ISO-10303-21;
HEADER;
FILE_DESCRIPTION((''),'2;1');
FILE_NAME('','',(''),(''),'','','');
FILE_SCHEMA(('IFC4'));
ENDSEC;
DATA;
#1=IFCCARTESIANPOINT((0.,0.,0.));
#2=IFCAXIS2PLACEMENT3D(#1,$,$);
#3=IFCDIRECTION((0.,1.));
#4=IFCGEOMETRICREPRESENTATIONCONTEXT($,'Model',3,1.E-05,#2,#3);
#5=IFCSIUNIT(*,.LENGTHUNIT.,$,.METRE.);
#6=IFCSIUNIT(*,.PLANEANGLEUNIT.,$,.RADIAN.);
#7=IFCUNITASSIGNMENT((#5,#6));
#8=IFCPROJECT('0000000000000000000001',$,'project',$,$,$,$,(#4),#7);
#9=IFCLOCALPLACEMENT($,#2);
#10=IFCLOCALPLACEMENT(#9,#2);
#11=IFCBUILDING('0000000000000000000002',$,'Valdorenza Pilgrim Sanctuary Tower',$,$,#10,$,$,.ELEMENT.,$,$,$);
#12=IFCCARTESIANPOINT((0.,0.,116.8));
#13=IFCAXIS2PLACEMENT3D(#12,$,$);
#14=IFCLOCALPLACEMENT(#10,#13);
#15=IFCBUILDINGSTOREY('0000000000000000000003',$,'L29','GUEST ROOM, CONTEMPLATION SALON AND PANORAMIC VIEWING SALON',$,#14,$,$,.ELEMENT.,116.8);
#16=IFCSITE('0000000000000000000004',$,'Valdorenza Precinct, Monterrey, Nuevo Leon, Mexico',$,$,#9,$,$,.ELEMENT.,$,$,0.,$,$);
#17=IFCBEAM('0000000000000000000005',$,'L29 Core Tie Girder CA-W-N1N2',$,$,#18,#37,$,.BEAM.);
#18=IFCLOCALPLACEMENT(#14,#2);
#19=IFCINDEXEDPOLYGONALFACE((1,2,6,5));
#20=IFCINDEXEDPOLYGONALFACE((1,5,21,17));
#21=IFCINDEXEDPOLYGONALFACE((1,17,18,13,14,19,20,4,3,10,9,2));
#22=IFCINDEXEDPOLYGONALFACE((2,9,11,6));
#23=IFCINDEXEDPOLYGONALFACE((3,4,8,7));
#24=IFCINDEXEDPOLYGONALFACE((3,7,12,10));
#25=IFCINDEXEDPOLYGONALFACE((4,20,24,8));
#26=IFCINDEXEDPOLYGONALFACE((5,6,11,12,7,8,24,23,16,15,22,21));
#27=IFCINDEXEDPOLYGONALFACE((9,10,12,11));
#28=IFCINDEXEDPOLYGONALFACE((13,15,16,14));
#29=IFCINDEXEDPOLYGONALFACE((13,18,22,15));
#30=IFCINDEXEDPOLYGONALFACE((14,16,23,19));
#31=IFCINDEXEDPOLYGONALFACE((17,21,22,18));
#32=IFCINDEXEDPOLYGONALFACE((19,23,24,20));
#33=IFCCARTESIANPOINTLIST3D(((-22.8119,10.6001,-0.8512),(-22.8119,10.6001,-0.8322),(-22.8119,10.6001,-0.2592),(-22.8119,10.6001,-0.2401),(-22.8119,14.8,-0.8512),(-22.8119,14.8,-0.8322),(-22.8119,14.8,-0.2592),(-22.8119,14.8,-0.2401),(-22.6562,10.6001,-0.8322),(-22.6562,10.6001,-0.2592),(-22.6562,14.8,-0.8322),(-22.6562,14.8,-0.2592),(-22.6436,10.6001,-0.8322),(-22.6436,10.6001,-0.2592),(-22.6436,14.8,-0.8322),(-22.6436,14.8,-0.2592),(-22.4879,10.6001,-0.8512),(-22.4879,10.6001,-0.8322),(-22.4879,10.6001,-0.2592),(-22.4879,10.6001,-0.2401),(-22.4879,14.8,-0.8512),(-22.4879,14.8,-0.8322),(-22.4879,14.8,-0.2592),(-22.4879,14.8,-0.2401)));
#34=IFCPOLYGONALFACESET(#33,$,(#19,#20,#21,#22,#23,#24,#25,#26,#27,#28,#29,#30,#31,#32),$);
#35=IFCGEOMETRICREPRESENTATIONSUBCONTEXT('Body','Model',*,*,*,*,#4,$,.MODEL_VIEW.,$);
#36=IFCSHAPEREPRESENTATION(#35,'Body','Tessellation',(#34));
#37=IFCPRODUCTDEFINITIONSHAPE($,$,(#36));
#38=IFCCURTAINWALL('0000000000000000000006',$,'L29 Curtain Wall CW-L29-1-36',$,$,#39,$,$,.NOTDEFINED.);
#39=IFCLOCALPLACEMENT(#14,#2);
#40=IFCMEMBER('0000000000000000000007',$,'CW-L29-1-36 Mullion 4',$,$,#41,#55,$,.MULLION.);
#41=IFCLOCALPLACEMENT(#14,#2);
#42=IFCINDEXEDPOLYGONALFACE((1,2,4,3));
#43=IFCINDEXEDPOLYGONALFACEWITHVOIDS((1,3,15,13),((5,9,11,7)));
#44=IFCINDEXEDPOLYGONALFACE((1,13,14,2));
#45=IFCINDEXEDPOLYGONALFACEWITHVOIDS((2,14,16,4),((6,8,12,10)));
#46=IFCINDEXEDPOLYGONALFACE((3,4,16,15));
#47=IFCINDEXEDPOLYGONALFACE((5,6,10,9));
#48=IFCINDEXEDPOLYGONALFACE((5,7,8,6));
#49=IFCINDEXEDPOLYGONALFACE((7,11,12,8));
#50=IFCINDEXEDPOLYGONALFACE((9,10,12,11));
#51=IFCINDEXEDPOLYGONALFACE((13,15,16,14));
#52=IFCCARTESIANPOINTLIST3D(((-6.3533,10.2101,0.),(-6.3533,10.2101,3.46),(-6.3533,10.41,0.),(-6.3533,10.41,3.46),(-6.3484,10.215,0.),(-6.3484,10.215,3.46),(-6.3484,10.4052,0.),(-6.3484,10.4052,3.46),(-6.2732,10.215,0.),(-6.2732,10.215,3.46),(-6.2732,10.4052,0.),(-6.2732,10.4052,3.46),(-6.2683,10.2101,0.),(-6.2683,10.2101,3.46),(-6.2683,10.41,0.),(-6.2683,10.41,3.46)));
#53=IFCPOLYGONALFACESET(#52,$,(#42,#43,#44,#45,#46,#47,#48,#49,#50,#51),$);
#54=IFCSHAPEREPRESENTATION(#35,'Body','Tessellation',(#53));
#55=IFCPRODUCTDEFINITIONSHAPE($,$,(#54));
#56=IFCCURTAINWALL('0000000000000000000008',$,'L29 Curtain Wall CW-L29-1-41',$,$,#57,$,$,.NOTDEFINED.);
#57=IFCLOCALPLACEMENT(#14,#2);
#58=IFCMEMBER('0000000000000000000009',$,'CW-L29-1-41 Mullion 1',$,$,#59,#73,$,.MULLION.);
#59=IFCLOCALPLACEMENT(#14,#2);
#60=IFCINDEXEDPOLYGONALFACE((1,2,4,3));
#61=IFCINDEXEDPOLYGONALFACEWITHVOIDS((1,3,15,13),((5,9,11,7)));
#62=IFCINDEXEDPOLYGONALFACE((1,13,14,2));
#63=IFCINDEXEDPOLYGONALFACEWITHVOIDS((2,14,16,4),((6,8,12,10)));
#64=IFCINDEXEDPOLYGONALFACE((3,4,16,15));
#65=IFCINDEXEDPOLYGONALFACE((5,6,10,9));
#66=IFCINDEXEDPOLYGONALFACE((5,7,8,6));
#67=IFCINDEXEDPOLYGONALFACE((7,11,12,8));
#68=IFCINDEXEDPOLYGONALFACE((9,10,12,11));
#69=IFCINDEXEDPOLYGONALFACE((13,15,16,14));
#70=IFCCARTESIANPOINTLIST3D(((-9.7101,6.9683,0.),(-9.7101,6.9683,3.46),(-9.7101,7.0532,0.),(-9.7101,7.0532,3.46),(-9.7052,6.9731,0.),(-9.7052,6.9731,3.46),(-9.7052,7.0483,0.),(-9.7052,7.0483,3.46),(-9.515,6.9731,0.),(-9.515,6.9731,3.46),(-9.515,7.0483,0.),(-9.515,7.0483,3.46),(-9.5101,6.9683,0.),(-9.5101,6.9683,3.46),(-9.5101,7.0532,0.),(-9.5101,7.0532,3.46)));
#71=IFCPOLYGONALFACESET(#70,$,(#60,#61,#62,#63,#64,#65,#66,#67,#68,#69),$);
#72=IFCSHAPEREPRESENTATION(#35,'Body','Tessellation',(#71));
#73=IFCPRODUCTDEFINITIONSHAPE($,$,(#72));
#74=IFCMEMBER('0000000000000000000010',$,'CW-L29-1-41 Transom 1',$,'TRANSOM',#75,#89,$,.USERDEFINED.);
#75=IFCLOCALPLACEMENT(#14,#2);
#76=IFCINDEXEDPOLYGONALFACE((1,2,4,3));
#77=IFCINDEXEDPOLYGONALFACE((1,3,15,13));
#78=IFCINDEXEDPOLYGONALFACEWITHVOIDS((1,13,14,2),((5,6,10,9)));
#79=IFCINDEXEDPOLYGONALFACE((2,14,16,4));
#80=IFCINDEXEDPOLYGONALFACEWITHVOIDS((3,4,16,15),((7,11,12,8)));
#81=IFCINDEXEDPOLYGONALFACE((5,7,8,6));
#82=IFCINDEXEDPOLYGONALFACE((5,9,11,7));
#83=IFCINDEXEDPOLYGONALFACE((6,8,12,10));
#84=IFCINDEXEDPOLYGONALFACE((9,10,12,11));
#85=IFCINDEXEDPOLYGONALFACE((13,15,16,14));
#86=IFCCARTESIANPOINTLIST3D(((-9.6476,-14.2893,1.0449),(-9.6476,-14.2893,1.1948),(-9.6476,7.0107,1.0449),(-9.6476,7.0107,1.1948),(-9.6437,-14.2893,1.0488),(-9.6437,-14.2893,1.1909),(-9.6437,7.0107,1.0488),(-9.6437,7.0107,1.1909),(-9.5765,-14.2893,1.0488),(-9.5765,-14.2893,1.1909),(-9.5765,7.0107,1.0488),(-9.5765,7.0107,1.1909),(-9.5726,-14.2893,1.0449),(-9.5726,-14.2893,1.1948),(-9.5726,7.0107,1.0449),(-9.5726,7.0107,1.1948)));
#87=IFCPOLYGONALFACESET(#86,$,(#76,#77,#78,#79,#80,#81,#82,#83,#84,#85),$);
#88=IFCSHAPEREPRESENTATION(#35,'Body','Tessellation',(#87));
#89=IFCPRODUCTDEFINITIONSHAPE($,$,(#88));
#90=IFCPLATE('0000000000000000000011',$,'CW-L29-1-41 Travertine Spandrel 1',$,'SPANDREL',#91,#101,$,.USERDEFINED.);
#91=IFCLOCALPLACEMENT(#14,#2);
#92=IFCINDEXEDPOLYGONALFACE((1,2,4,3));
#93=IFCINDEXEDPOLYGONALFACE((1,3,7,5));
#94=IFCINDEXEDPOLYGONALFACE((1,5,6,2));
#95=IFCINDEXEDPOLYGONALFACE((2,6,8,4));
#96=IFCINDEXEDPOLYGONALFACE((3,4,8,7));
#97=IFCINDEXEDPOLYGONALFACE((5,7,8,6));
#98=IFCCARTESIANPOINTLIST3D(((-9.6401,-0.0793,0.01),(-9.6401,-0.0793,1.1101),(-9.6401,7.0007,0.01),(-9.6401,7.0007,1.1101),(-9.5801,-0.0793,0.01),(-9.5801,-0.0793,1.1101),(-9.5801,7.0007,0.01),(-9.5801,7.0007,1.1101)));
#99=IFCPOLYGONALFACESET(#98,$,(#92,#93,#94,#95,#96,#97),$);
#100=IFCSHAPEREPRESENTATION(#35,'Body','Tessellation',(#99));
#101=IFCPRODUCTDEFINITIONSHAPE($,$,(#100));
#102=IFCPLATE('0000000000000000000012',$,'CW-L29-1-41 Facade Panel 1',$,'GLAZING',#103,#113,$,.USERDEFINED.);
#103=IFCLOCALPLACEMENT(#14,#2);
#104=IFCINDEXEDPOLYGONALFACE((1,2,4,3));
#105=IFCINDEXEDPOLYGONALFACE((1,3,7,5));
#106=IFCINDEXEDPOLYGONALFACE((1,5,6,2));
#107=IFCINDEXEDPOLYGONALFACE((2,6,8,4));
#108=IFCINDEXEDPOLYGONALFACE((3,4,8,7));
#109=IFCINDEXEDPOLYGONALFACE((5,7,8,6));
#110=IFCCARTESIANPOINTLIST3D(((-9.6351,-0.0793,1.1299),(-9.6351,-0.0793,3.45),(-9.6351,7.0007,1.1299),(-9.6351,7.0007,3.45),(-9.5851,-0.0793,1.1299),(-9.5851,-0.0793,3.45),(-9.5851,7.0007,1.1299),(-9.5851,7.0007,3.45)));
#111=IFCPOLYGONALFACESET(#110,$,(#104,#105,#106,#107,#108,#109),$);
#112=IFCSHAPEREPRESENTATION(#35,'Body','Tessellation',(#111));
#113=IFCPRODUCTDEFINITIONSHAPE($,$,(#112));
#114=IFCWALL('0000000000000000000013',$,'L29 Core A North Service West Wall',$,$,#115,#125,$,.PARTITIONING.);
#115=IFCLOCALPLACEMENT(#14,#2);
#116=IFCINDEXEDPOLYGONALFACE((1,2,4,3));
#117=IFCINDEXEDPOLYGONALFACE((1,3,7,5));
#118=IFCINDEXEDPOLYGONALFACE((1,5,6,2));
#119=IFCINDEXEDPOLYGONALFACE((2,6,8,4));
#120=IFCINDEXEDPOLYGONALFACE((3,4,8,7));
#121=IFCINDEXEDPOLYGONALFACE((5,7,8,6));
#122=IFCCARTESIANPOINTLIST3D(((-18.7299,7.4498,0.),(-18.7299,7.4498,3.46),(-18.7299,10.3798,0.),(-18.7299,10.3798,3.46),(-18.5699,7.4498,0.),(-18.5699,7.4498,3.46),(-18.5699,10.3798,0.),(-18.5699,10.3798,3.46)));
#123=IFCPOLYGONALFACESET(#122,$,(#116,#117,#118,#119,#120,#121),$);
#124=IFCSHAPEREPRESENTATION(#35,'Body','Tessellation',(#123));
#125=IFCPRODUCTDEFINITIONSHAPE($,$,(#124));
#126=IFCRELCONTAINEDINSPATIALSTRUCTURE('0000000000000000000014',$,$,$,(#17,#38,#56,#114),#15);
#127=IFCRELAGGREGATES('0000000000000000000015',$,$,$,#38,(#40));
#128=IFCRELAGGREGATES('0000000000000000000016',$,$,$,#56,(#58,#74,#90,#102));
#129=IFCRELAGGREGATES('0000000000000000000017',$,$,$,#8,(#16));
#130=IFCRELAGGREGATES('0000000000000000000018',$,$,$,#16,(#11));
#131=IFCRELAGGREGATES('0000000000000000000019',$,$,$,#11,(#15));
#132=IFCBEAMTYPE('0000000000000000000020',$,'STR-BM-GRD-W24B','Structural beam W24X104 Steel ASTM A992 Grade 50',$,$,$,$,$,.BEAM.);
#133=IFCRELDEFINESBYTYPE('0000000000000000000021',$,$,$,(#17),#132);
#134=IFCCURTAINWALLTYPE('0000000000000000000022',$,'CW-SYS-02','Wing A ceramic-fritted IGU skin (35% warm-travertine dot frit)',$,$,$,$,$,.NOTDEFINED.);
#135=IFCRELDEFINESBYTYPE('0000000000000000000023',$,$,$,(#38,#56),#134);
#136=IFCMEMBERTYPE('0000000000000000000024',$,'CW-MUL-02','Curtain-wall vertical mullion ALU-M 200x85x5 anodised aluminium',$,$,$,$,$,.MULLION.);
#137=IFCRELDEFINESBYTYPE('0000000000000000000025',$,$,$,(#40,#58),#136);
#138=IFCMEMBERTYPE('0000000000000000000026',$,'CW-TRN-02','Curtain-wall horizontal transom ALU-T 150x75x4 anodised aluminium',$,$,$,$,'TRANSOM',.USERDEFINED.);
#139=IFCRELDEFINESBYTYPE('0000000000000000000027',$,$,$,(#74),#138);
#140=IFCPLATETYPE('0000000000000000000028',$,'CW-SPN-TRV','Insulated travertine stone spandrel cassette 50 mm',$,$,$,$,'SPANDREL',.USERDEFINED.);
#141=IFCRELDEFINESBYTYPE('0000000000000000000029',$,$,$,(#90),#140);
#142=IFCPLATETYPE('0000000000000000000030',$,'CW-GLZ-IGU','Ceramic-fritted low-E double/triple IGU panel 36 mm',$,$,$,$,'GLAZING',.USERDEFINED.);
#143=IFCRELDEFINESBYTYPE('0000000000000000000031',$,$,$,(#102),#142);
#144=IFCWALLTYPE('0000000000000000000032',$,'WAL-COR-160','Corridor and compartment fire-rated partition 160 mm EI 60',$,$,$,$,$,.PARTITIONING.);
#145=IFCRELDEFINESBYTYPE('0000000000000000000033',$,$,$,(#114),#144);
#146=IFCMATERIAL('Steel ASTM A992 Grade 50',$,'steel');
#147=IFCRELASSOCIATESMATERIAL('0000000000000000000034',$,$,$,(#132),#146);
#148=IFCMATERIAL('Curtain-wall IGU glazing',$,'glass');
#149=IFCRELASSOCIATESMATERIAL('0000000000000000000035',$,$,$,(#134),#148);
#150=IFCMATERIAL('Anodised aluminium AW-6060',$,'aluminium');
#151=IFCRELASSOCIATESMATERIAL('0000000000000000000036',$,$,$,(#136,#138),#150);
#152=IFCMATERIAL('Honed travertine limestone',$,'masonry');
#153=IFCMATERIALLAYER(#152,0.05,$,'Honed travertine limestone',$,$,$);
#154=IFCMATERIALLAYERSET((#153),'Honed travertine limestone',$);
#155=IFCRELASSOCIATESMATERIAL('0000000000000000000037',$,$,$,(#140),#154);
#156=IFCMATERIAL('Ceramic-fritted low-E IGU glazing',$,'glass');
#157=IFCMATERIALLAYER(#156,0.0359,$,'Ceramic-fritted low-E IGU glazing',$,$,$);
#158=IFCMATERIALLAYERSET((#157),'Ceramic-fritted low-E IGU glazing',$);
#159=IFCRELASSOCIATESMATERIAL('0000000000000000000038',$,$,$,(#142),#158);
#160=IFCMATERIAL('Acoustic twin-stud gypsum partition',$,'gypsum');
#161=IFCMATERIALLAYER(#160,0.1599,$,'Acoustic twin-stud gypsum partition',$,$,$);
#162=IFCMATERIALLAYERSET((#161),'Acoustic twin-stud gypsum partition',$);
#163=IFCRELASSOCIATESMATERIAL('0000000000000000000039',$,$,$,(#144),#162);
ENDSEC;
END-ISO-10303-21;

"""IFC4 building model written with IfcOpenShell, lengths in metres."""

from ifc_helpers import new_model, si_unit, direction, frame, frame_2d, origin, origin_2d, place, context, subcontext, project, spatial, rectangle, hollow_rectangle, i_section, extrude, source, transform, mapped, material, layer, layer_set, material_profile, profile_set, type_object, element, aggregate, save


model = new_model("IFC4")

# Units and contexts
model_context = context("Model", 3, precision=1e-05, world=origin(), true_north=direction((0.0, 1.0)))
body_context = subcontext(model_context, "Body", "Model", "MODEL_VIEW")
ifc_project = project(units=[si_unit("LENGTHUNIT", "METRE"), si_unit("PLANEANGLEUNIT", "RADIAN")], contexts=[model_context])

# Site, building, storey
site_placement = place(None, origin())
site = spatial("IfcSite", under=ifc_project, at=site_placement, Name="Valdorenza Precinct, Monterrey, Nuevo Leon, Mexico", CompositionType="ELEMENT", RefElevation=0.0)
building_placement = place(site_placement, origin())
building = spatial("IfcBuilding", under=site, at=building_placement, Name="Valdorenza Pilgrim Sanctuary Tower", CompositionType="ELEMENT")
storey_placement = place(building_placement, frame((0.0, 0.0, 116.8)))
storey = spatial("IfcBuildingStorey", under=building, at=storey_placement, Name="L29", Description="GUEST ROOM, CONTEMPLATION SALON AND PANORAMIC VIEWING SALON", CompositionType="ELEMENT", Elevation=116.8)

# Beam
ifc_material_1 = material(Name="Steel ASTM A992 Grade 50", Category="steel")
ifc_material_profile_1 = material_profile(ifc_material_1, i_section(OverallWidth=0.324, OverallDepth=0.6111, WebThickness=0.0127, FlangeThickness=0.019, at=origin_2d()), Name="W24X104")
ifc_profile_set_1 = profile_set([ifc_material_profile_1], Name="Steel ASTM A992 Grade 50")
beam_type = type_object("IfcBeamType", Name="STR-BM-GRD-W24B", Description="Structural beam W24X104 Steel ASTM A992 Grade 50", PredefinedType="BEAM", material=ifc_profile_set_1)
shared_shape_1 = source(origin(), body_context, "Body", "SweptSolid", [
    extrude(i_section(OverallWidth=0.324, OverallDepth=0.6111, WebThickness=0.0127, FlangeThickness=0.019, at=origin_2d()), origin(), (0.0, 0.0, 1.0), 4.2),
])
beam_placement = place(storey_placement, frame((-22.6499, 10.6001, -0.5457), z_axis=(0.0, 1.0, 0.0), x_axis=(-1.0, 0.0, 0.0)))
element("IfcBeam", 1, at=beam_placement, inside=storey, type_object=beam_type, Name="L29 Core Tie Girder CA-W-N1N2", PredefinedType="BEAM", context=body_context, shape_type="MappedRepresentation", body=[
    mapped(shared_shape_1, transform((0.0, 0.0, 0.0), x_axis=(1.0, 0.0, 0.0), y_axis=(0.0, 1.0, 0.0), z_axis=(0.0, 0.0, 1.0), scale=1.0)),
])

# Curtain wall, member
ifc_material_2 = material(Name="Curtain-wall IGU glazing", Category="glass")
curtain_wall_type = type_object("IfcCurtainWallType", Name="CW-SYS-02", Description="Wing A ceramic-fritted IGU skin (35% warm-travertine dot frit)", PredefinedType="NOTDEFINED", material=ifc_material_2)
curtain_wall_1_placement = place(storey_placement, origin())
curtain_wall_1 = element("IfcCurtainWall", 2, at=curtain_wall_1_placement, inside=storey, type_object=curtain_wall_type, Name="L29 Curtain Wall CW-L29-1-36", PredefinedType="NOTDEFINED")
ifc_material_3 = material(Name="Anodised aluminium AW-6060", Category="aluminium")
ifc_material_profile_2 = material_profile(ifc_material_3, hollow_rectangle(XDim=0.085, YDim=0.2, WallThickness=0.0049, at=origin_2d()), Name="ALU-M 200x85x5")
ifc_profile_set_2 = profile_set([ifc_material_profile_2], Name="Anodised aluminium AW-6060")
member_type_1 = type_object("IfcMemberType", Name="CW-MUL-02", Description="Curtain-wall vertical mullion ALU-M 200x85x5 anodised aluminium", PredefinedType="MULLION", material=ifc_profile_set_2)
shared_shape_2 = source(origin(), body_context, "Body", "SweptSolid", [
    extrude(hollow_rectangle(XDim=0.085, YDim=0.2, WallThickness=0.0049, at=origin_2d()), origin(), (0.0, 0.0, 1.0), 3.46),
])
member_1_placement = place(storey_placement, frame((-6.3108, 10.3101, 0.0), z_axis=(0.0, 0.0, 1.0), x_axis=(-1.0, 0.0, 0.0)))
member_1 = element("IfcMember", 3, at=member_1_placement, type_object=member_type_1, Name="CW-L29-1-36 Mullion 4", PredefinedType="MULLION", context=body_context, shape_type="MappedRepresentation", body=[
    mapped(shared_shape_2, transform((0.0, 0.0, 0.0), x_axis=(1.0, 0.0, 0.0), y_axis=(0.0, 1.0, 0.0), z_axis=(0.0, 0.0, 1.0), scale=1.0)),
])
aggregate(curtain_wall_1, [member_1])

# Curtain wall, members, plates
curtain_wall_2_placement = place(storey_placement, origin())
curtain_wall_2 = element("IfcCurtainWall", 4, at=curtain_wall_2_placement, inside=storey, type_object=curtain_wall_type, Name="L29 Curtain Wall CW-L29-1-41", PredefinedType="NOTDEFINED")
member_2_placement = place(storey_placement, frame((-9.6101, 7.0107, 0.0), z_axis=(0.0, 0.0, 1.0), x_axis=(0.0, -1.0, 0.0)))
member_2 = element("IfcMember", 5, at=member_2_placement, type_object=member_type_1, Name="CW-L29-1-41 Mullion 1", PredefinedType="MULLION", context=body_context, shape_type="MappedRepresentation", body=[
    mapped(shared_shape_2, transform((0.0, 0.0, 0.0), x_axis=(1.0, 0.0, 0.0), y_axis=(0.0, 1.0, 0.0), z_axis=(0.0, 0.0, 1.0), scale=1.0)),
])
ifc_material_profile_3 = material_profile(ifc_material_3, hollow_rectangle(XDim=0.075, YDim=0.1499, WallThickness=0.0039, at=origin_2d()), Name="ALU-T 150x75x4")
ifc_profile_set_3 = profile_set([ifc_material_profile_3], Name="Anodised aluminium AW-6060")
member_type_2 = type_object("IfcMemberType", Name="CW-TRN-02", Description="Curtain-wall horizontal transom ALU-T 150x75x4 anodised aluminium", ElementType="TRANSOM", PredefinedType="USERDEFINED", material=ifc_profile_set_3)
shared_shape_3 = source(origin(), body_context, "Body", "SweptSolid", [
    extrude(hollow_rectangle(XDim=0.075, YDim=0.1499, WallThickness=0.0039, at=origin_2d()), origin(), (0.0, 0.0, 1.0), 21.3),
])
member_3_placement = place(storey_placement, frame((-9.6101, 7.0107, 1.1199), z_axis=(0.0, -1.0, 0.0), x_axis=(1.0, 0.0, 0.0)))
member_3 = element("IfcMember", 6, at=member_3_placement, type_object=member_type_2, Name="CW-L29-1-41 Transom 1", ObjectType="TRANSOM", PredefinedType="USERDEFINED", context=body_context, shape_type="MappedRepresentation", body=[
    mapped(shared_shape_3, transform((0.0, 0.0, 0.0), x_axis=(1.0, 0.0, 0.0), y_axis=(0.0, 1.0, 0.0), z_axis=(0.0, 0.0, 1.0), scale=1.0)),
])
ifc_material_4 = material(Name="Honed travertine limestone", Category="masonry")
ifc_layer_1 = layer(ifc_material_4, 0.05, Name="Honed travertine limestone")
ifc_layer_set_1 = layer_set([ifc_layer_1], Name="Honed travertine limestone")
plate_type_1 = type_object("IfcPlateType", Name="CW-SPN-TRV", Description="Insulated travertine stone spandrel cassette 50 mm", ElementType="SPANDREL", PredefinedType="USERDEFINED", material=ifc_layer_set_1)
shared_shape_4 = source(origin(), body_context, "Body", "SweptSolid", [
    extrude(rectangle(XDim=7.0801, YDim=0.0601, at=origin_2d()), origin(), (0.0, 0.0, 1.0), 1.1001),
])
plate_1_placement = place(storey_placement, frame((-9.6101, 3.4607, 0.01), z_axis=(0.0, 0.0, 1.0), x_axis=(0.0, -1.0, 0.0)))
plate_1 = element("IfcPlate", 7, at=plate_1_placement, type_object=plate_type_1, Name="CW-L29-1-41 Travertine Spandrel 1", ObjectType="SPANDREL", PredefinedType="USERDEFINED", context=body_context, shape_type="MappedRepresentation", body=[
    mapped(shared_shape_4, transform((0.0, 0.0, 0.0), x_axis=(1.0, 0.0, 0.0), y_axis=(0.0, 1.0, 0.0), z_axis=(0.0, 0.0, 1.0), scale=1.0)),
])
ifc_material_5 = material(Name="Ceramic-fritted low-E IGU glazing", Category="glass")
ifc_layer_2 = layer(ifc_material_5, 0.0359, Name="Ceramic-fritted low-E IGU glazing")
ifc_layer_set_2 = layer_set([ifc_layer_2], Name="Ceramic-fritted low-E IGU glazing")
plate_type_2 = type_object("IfcPlateType", Name="CW-GLZ-IGU", Description="Ceramic-fritted low-E double/triple IGU panel 36 mm", ElementType="GLAZING", PredefinedType="USERDEFINED", material=ifc_layer_set_2)
shared_shape_5 = source(origin(), body_context, "Body", "SweptSolid", [
    extrude(rectangle(XDim=7.0801, YDim=0.05, at=origin_2d()), origin(), (0.0, 0.0, 1.0), 2.3201),
])
plate_2_placement = place(storey_placement, frame((-9.6101, 3.4607, 1.1299), z_axis=(0.0, 0.0, 1.0), x_axis=(0.0, -1.0, 0.0)))
plate_2 = element("IfcPlate", 8, at=plate_2_placement, type_object=plate_type_2, Name="CW-L29-1-41 Facade Panel 1", ObjectType="GLAZING", PredefinedType="USERDEFINED", context=body_context, shape_type="MappedRepresentation", body=[
    mapped(shared_shape_5, transform((0.0, 0.0, 0.0), x_axis=(1.0, 0.0, 0.0), y_axis=(0.0, 1.0, 0.0), z_axis=(0.0, 0.0, 1.0), scale=1.0)),
])
aggregate(curtain_wall_2, [member_2, member_3, plate_1, plate_2])

# Wall
ifc_material_6 = material(Name="Acoustic twin-stud gypsum partition", Category="gypsum")
ifc_layer_3 = layer(ifc_material_6, 0.1599, Name="Acoustic twin-stud gypsum partition")
ifc_layer_set_3 = layer_set([ifc_layer_3], Name="Acoustic twin-stud gypsum partition")
wall_type_1 = type_object("IfcWallType", Name="WAL-COR-160", Description="Corridor and compartment fire-rated partition 160 mm EI 60", PredefinedType="PARTITIONING", material=ifc_layer_set_3)
wall_1_placement = place(storey_placement, frame((-18.6499, 7.45, 0.0), z_axis=(0.0, 0.0, 1.0), x_axis=(0.0, 1.0, 0.0)))
element("IfcWall", 9, at=wall_1_placement, inside=storey, type_object=wall_type_1, Name="L29 Core A North Service West Wall", PredefinedType="PARTITIONING", context=body_context, shape_type="SweptSolid", body=[
    extrude(rectangle(XDim=2.9299, YDim=0.1599, at=frame_2d((1.4648, 0.0))), origin(), (0.0, 0.0, 1.0), 3.46),
])

save(model, "model.ifc")
